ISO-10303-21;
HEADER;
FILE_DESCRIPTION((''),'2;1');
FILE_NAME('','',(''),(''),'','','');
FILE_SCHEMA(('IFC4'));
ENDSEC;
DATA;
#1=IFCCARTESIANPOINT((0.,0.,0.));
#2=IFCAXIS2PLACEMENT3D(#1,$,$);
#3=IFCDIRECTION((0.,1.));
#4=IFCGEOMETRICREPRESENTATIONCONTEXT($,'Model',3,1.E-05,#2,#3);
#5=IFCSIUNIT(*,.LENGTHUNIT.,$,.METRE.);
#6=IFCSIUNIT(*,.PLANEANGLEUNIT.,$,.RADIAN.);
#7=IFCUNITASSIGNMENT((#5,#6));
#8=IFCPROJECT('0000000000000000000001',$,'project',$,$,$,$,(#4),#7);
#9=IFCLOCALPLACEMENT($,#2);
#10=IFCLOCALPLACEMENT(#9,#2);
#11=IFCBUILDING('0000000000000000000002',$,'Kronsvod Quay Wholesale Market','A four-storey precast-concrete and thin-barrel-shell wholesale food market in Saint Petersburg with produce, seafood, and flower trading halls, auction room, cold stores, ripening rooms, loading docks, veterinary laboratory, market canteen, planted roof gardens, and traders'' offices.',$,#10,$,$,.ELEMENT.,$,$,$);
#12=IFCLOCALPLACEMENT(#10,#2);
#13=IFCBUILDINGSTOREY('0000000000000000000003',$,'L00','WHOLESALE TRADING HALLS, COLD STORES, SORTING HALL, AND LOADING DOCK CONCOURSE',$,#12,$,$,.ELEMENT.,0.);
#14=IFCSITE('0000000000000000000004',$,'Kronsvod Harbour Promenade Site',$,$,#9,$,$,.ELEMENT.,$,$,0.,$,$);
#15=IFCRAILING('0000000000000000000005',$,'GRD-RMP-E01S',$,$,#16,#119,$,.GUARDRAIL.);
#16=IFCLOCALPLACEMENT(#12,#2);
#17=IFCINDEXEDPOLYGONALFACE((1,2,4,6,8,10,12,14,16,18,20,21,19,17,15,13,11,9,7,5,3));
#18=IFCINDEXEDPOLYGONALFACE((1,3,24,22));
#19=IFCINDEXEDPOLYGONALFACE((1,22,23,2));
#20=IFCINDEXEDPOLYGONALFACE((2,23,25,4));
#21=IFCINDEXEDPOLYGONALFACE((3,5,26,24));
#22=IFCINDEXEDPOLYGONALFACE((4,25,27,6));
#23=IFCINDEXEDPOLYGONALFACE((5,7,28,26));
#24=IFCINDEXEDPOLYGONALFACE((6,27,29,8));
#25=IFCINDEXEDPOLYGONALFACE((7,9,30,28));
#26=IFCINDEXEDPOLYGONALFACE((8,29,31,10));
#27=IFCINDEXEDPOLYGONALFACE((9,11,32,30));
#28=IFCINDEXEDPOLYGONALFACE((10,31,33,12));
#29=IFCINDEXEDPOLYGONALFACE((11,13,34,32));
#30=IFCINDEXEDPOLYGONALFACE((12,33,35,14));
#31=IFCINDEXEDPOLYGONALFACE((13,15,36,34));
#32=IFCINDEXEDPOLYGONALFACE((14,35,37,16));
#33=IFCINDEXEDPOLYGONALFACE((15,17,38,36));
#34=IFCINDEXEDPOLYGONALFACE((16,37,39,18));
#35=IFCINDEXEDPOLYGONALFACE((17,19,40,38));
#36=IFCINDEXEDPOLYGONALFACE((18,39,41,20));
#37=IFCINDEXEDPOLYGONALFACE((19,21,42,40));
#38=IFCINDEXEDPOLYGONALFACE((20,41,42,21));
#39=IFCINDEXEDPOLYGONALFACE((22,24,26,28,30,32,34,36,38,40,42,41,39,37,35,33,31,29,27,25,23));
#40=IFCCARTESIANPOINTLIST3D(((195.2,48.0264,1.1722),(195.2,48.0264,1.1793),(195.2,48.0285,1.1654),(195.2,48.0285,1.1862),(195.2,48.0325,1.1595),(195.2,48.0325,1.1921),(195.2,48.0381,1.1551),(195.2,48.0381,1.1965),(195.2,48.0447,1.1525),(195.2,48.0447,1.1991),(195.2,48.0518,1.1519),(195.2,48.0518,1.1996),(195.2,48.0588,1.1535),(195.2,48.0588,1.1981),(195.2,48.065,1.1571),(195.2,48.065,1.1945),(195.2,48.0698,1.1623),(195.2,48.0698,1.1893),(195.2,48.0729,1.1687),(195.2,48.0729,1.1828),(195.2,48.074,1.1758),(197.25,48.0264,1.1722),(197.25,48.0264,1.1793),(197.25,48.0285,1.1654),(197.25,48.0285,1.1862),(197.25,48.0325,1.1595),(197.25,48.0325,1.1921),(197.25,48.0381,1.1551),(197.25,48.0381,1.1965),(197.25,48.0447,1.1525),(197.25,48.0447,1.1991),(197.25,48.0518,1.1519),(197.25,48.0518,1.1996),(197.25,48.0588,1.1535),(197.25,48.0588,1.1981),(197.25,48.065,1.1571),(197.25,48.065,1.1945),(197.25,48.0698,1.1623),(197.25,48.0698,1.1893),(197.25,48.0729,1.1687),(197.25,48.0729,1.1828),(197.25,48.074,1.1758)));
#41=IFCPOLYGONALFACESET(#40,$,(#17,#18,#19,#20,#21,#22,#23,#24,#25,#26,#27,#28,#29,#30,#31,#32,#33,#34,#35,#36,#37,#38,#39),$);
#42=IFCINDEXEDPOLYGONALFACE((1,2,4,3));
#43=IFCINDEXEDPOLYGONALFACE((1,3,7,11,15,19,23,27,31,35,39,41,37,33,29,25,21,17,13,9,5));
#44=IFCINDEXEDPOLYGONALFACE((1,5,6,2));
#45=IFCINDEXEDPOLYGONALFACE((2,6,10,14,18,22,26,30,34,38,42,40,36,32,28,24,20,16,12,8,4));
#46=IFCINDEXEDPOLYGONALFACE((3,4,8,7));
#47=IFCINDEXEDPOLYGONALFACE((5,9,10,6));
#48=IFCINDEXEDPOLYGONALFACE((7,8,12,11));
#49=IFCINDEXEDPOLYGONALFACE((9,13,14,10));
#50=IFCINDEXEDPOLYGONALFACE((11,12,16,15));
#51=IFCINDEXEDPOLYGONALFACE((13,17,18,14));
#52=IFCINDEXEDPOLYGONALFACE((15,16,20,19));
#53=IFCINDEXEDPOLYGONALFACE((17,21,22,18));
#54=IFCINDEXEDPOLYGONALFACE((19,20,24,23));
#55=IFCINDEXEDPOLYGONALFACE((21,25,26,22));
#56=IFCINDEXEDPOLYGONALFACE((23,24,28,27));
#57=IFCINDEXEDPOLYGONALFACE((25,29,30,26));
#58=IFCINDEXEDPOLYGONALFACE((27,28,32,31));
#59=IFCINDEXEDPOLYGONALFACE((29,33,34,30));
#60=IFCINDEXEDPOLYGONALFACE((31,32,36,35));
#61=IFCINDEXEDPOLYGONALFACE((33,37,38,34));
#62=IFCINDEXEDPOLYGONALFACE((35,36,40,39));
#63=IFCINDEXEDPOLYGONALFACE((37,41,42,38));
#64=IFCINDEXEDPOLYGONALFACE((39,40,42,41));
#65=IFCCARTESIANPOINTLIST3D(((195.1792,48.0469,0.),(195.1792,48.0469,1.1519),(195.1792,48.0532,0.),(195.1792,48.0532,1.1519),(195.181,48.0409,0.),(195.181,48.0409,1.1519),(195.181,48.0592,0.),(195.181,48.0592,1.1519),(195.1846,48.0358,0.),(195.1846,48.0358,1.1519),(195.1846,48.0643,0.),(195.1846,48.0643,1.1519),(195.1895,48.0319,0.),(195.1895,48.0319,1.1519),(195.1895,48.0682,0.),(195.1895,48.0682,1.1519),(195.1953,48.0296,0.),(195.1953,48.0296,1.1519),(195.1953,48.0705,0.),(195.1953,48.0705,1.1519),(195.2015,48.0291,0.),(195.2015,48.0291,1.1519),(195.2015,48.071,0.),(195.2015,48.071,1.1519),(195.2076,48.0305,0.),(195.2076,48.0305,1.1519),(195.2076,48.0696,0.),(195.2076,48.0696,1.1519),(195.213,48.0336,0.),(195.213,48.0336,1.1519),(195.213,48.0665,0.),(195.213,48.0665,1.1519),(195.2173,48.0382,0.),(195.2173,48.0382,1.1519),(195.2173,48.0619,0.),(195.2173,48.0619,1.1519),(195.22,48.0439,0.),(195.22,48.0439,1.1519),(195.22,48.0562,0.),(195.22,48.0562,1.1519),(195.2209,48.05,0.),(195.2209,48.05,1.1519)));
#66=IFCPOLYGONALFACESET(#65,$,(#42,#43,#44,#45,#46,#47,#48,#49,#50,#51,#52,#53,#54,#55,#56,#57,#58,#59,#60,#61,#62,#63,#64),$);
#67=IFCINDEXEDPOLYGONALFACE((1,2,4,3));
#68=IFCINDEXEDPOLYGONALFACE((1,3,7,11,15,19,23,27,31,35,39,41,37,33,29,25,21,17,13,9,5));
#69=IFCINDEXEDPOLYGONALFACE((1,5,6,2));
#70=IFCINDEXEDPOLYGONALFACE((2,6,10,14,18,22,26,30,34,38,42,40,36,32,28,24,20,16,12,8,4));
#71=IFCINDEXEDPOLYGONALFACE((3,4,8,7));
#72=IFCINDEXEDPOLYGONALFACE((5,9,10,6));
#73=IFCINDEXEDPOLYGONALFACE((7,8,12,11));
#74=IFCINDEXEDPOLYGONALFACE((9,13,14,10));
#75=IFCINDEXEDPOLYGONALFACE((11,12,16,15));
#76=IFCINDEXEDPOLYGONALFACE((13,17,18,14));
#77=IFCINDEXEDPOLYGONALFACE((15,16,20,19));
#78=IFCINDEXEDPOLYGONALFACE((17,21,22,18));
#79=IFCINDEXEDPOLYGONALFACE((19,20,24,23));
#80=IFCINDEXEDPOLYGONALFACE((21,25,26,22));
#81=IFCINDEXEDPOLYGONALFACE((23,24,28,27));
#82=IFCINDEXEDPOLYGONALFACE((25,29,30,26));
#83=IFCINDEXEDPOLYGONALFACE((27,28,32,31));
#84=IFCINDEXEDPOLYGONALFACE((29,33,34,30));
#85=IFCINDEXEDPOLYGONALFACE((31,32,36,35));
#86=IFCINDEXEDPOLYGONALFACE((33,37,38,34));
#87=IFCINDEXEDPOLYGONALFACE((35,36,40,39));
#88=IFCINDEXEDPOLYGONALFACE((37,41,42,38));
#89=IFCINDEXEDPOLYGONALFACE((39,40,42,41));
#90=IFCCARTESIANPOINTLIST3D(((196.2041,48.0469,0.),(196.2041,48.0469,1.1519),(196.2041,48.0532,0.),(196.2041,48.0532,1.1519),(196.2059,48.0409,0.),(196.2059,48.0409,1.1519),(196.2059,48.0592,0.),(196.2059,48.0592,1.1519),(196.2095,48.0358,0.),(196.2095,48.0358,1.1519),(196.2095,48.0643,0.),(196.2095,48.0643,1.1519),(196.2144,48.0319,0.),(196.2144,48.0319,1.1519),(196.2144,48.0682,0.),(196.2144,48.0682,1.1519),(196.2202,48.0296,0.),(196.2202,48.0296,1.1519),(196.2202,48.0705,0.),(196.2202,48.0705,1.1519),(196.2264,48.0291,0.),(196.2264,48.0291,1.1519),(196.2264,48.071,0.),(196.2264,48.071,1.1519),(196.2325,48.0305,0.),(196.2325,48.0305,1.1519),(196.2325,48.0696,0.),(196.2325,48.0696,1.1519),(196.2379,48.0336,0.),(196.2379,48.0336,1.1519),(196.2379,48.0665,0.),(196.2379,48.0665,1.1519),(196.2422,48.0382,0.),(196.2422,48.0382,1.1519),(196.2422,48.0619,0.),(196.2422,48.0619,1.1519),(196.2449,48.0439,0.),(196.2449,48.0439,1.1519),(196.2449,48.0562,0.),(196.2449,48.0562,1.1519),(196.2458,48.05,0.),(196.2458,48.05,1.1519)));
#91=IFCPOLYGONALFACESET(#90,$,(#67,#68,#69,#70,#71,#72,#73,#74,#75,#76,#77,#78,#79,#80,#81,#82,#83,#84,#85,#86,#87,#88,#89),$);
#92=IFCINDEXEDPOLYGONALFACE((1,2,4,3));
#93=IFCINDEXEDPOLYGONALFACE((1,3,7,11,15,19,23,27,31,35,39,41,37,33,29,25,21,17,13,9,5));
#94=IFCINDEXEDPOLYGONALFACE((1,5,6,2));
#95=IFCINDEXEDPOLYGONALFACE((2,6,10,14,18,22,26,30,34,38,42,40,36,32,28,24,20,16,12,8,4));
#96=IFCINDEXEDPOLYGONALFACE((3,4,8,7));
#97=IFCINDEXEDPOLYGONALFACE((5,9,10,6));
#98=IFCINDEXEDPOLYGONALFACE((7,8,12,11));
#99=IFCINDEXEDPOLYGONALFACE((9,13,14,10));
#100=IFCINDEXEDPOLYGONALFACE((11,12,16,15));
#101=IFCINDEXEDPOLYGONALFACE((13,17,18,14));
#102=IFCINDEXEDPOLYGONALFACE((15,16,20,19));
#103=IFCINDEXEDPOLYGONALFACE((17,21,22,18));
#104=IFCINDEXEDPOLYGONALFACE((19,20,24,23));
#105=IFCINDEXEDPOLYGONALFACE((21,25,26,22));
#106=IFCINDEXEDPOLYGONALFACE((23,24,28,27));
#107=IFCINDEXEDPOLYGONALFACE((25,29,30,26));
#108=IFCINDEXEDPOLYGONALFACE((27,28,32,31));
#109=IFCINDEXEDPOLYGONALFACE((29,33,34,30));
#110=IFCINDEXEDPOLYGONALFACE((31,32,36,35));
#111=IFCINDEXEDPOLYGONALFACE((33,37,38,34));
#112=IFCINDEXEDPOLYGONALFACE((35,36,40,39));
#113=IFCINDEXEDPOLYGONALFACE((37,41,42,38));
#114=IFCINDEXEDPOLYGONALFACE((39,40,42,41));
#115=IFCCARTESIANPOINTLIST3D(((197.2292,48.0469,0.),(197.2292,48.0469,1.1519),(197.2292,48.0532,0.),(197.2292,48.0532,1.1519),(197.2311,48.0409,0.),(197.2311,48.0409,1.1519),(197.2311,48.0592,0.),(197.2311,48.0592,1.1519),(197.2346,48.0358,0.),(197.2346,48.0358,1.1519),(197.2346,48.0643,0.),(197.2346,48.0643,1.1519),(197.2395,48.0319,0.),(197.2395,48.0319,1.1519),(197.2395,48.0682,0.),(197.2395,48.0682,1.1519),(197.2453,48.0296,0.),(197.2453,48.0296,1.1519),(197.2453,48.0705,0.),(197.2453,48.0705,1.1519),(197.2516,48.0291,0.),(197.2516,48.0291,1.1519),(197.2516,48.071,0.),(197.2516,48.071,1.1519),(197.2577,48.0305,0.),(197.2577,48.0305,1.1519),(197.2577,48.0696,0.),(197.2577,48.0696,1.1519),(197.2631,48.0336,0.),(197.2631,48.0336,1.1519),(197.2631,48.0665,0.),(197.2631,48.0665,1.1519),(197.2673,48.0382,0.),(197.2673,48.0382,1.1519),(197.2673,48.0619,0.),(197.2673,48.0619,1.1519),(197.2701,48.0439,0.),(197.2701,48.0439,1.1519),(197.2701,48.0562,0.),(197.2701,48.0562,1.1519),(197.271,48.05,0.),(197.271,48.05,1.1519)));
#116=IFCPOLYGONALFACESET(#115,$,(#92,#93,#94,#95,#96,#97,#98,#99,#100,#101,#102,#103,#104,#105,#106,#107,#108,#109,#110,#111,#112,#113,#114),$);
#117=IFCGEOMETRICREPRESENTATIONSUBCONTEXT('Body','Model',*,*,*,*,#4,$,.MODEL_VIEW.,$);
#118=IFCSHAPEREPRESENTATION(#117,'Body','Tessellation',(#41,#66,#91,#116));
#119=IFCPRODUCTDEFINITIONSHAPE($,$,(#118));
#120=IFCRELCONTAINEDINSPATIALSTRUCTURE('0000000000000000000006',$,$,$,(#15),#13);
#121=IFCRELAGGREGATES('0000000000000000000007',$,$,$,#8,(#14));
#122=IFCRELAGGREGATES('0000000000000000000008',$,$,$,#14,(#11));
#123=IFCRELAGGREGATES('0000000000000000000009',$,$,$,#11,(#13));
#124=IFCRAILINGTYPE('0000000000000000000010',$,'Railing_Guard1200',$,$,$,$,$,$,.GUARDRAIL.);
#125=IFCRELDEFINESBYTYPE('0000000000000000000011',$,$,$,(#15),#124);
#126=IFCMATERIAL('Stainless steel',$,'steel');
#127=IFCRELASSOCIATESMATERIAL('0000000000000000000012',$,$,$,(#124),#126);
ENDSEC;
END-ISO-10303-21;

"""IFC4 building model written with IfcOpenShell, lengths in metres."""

from ifc_helpers import new_model, si_unit, direction, frame, origin, origin_2d, place, context, subcontext, project, spatial, circle, extrude, material, type_object, element, save


model = new_model("IFC4")

# Units and contexts
model_context = context("Model", 3, precision=1e-05, world=origin(), true_north=direction((0.0, 1.0)))
body_context = subcontext(model_context, "Body", "Model", "MODEL_VIEW")
ifc_project = project(units=[si_unit("LENGTHUNIT", "METRE"), si_unit("PLANEANGLEUNIT", "RADIAN")], contexts=[model_context])

# Site, building, storey
site_placement = place(None, origin())
site = spatial("IfcSite", under=ifc_project, at=site_placement, Name="Kronsvod Harbour Promenade Site", CompositionType="ELEMENT", RefElevation=0.0)
building_placement = place(site_placement, origin())
building = spatial("IfcBuilding", under=site, at=building_placement, Name="Kronsvod Quay Wholesale Market", Description="A four-storey precast-concrete and thin-barrel-shell wholesale food market in Saint Petersburg with produce, seafood, and flower trading halls, auction room, cold stores, ripening rooms, loading docks, veterinary laboratory, market canteen, planted roof gardens, and traders' offices.", CompositionType="ELEMENT")
storey_placement = place(building_placement, origin())
storey = spatial("IfcBuildingStorey", under=building, at=storey_placement, Name="L00", Description="WHOLESALE TRADING HALLS, COLD STORES, SORTING HALL, AND LOADING DOCK CONCOURSE", CompositionType="ELEMENT", Elevation=0.0)

# Railing
ifc_material_1 = material(Name="Stainless steel", Category="steel")
railing_type = type_object("IfcRailingType", Name="Railing_Guard1200", PredefinedType="GUARDRAIL", material=ifc_material_1)
railing_1_placement = place(storey_placement, frame((195.2, 48.05, 0.0)))
element("IfcRailing", 1, at=railing_1_placement, inside=storey, type_object=railing_type, Name="GRD-RMP-E01S", PredefinedType="GUARDRAIL", context=body_context, shape_type="SweptSolid", body=[
    extrude(circle(Radius=0.0239, at=origin_2d()), frame((0.0, 0.0, 1.1758), z_axis=(1.0, 0.0, 0.0), x_axis=(0.0, 1.0, 0.0)), (0.0, 0.0, 1.0), 2.05),
    extrude(circle(Radius=0.021, at=origin_2d()), origin(), (0.0, 0.0, 1.0), 1.1519),
    extrude(circle(Radius=0.021, at=origin_2d()), frame((1.0249, 0.0, 0.0)), (0.0, 0.0, 1.0), 1.1519),
    extrude(circle(Radius=0.021, at=origin_2d()), frame((2.05, 0.0, 0.0)), (0.0, 0.0, 1.0), 1.1519),
])

save(model, "model.ifc")
